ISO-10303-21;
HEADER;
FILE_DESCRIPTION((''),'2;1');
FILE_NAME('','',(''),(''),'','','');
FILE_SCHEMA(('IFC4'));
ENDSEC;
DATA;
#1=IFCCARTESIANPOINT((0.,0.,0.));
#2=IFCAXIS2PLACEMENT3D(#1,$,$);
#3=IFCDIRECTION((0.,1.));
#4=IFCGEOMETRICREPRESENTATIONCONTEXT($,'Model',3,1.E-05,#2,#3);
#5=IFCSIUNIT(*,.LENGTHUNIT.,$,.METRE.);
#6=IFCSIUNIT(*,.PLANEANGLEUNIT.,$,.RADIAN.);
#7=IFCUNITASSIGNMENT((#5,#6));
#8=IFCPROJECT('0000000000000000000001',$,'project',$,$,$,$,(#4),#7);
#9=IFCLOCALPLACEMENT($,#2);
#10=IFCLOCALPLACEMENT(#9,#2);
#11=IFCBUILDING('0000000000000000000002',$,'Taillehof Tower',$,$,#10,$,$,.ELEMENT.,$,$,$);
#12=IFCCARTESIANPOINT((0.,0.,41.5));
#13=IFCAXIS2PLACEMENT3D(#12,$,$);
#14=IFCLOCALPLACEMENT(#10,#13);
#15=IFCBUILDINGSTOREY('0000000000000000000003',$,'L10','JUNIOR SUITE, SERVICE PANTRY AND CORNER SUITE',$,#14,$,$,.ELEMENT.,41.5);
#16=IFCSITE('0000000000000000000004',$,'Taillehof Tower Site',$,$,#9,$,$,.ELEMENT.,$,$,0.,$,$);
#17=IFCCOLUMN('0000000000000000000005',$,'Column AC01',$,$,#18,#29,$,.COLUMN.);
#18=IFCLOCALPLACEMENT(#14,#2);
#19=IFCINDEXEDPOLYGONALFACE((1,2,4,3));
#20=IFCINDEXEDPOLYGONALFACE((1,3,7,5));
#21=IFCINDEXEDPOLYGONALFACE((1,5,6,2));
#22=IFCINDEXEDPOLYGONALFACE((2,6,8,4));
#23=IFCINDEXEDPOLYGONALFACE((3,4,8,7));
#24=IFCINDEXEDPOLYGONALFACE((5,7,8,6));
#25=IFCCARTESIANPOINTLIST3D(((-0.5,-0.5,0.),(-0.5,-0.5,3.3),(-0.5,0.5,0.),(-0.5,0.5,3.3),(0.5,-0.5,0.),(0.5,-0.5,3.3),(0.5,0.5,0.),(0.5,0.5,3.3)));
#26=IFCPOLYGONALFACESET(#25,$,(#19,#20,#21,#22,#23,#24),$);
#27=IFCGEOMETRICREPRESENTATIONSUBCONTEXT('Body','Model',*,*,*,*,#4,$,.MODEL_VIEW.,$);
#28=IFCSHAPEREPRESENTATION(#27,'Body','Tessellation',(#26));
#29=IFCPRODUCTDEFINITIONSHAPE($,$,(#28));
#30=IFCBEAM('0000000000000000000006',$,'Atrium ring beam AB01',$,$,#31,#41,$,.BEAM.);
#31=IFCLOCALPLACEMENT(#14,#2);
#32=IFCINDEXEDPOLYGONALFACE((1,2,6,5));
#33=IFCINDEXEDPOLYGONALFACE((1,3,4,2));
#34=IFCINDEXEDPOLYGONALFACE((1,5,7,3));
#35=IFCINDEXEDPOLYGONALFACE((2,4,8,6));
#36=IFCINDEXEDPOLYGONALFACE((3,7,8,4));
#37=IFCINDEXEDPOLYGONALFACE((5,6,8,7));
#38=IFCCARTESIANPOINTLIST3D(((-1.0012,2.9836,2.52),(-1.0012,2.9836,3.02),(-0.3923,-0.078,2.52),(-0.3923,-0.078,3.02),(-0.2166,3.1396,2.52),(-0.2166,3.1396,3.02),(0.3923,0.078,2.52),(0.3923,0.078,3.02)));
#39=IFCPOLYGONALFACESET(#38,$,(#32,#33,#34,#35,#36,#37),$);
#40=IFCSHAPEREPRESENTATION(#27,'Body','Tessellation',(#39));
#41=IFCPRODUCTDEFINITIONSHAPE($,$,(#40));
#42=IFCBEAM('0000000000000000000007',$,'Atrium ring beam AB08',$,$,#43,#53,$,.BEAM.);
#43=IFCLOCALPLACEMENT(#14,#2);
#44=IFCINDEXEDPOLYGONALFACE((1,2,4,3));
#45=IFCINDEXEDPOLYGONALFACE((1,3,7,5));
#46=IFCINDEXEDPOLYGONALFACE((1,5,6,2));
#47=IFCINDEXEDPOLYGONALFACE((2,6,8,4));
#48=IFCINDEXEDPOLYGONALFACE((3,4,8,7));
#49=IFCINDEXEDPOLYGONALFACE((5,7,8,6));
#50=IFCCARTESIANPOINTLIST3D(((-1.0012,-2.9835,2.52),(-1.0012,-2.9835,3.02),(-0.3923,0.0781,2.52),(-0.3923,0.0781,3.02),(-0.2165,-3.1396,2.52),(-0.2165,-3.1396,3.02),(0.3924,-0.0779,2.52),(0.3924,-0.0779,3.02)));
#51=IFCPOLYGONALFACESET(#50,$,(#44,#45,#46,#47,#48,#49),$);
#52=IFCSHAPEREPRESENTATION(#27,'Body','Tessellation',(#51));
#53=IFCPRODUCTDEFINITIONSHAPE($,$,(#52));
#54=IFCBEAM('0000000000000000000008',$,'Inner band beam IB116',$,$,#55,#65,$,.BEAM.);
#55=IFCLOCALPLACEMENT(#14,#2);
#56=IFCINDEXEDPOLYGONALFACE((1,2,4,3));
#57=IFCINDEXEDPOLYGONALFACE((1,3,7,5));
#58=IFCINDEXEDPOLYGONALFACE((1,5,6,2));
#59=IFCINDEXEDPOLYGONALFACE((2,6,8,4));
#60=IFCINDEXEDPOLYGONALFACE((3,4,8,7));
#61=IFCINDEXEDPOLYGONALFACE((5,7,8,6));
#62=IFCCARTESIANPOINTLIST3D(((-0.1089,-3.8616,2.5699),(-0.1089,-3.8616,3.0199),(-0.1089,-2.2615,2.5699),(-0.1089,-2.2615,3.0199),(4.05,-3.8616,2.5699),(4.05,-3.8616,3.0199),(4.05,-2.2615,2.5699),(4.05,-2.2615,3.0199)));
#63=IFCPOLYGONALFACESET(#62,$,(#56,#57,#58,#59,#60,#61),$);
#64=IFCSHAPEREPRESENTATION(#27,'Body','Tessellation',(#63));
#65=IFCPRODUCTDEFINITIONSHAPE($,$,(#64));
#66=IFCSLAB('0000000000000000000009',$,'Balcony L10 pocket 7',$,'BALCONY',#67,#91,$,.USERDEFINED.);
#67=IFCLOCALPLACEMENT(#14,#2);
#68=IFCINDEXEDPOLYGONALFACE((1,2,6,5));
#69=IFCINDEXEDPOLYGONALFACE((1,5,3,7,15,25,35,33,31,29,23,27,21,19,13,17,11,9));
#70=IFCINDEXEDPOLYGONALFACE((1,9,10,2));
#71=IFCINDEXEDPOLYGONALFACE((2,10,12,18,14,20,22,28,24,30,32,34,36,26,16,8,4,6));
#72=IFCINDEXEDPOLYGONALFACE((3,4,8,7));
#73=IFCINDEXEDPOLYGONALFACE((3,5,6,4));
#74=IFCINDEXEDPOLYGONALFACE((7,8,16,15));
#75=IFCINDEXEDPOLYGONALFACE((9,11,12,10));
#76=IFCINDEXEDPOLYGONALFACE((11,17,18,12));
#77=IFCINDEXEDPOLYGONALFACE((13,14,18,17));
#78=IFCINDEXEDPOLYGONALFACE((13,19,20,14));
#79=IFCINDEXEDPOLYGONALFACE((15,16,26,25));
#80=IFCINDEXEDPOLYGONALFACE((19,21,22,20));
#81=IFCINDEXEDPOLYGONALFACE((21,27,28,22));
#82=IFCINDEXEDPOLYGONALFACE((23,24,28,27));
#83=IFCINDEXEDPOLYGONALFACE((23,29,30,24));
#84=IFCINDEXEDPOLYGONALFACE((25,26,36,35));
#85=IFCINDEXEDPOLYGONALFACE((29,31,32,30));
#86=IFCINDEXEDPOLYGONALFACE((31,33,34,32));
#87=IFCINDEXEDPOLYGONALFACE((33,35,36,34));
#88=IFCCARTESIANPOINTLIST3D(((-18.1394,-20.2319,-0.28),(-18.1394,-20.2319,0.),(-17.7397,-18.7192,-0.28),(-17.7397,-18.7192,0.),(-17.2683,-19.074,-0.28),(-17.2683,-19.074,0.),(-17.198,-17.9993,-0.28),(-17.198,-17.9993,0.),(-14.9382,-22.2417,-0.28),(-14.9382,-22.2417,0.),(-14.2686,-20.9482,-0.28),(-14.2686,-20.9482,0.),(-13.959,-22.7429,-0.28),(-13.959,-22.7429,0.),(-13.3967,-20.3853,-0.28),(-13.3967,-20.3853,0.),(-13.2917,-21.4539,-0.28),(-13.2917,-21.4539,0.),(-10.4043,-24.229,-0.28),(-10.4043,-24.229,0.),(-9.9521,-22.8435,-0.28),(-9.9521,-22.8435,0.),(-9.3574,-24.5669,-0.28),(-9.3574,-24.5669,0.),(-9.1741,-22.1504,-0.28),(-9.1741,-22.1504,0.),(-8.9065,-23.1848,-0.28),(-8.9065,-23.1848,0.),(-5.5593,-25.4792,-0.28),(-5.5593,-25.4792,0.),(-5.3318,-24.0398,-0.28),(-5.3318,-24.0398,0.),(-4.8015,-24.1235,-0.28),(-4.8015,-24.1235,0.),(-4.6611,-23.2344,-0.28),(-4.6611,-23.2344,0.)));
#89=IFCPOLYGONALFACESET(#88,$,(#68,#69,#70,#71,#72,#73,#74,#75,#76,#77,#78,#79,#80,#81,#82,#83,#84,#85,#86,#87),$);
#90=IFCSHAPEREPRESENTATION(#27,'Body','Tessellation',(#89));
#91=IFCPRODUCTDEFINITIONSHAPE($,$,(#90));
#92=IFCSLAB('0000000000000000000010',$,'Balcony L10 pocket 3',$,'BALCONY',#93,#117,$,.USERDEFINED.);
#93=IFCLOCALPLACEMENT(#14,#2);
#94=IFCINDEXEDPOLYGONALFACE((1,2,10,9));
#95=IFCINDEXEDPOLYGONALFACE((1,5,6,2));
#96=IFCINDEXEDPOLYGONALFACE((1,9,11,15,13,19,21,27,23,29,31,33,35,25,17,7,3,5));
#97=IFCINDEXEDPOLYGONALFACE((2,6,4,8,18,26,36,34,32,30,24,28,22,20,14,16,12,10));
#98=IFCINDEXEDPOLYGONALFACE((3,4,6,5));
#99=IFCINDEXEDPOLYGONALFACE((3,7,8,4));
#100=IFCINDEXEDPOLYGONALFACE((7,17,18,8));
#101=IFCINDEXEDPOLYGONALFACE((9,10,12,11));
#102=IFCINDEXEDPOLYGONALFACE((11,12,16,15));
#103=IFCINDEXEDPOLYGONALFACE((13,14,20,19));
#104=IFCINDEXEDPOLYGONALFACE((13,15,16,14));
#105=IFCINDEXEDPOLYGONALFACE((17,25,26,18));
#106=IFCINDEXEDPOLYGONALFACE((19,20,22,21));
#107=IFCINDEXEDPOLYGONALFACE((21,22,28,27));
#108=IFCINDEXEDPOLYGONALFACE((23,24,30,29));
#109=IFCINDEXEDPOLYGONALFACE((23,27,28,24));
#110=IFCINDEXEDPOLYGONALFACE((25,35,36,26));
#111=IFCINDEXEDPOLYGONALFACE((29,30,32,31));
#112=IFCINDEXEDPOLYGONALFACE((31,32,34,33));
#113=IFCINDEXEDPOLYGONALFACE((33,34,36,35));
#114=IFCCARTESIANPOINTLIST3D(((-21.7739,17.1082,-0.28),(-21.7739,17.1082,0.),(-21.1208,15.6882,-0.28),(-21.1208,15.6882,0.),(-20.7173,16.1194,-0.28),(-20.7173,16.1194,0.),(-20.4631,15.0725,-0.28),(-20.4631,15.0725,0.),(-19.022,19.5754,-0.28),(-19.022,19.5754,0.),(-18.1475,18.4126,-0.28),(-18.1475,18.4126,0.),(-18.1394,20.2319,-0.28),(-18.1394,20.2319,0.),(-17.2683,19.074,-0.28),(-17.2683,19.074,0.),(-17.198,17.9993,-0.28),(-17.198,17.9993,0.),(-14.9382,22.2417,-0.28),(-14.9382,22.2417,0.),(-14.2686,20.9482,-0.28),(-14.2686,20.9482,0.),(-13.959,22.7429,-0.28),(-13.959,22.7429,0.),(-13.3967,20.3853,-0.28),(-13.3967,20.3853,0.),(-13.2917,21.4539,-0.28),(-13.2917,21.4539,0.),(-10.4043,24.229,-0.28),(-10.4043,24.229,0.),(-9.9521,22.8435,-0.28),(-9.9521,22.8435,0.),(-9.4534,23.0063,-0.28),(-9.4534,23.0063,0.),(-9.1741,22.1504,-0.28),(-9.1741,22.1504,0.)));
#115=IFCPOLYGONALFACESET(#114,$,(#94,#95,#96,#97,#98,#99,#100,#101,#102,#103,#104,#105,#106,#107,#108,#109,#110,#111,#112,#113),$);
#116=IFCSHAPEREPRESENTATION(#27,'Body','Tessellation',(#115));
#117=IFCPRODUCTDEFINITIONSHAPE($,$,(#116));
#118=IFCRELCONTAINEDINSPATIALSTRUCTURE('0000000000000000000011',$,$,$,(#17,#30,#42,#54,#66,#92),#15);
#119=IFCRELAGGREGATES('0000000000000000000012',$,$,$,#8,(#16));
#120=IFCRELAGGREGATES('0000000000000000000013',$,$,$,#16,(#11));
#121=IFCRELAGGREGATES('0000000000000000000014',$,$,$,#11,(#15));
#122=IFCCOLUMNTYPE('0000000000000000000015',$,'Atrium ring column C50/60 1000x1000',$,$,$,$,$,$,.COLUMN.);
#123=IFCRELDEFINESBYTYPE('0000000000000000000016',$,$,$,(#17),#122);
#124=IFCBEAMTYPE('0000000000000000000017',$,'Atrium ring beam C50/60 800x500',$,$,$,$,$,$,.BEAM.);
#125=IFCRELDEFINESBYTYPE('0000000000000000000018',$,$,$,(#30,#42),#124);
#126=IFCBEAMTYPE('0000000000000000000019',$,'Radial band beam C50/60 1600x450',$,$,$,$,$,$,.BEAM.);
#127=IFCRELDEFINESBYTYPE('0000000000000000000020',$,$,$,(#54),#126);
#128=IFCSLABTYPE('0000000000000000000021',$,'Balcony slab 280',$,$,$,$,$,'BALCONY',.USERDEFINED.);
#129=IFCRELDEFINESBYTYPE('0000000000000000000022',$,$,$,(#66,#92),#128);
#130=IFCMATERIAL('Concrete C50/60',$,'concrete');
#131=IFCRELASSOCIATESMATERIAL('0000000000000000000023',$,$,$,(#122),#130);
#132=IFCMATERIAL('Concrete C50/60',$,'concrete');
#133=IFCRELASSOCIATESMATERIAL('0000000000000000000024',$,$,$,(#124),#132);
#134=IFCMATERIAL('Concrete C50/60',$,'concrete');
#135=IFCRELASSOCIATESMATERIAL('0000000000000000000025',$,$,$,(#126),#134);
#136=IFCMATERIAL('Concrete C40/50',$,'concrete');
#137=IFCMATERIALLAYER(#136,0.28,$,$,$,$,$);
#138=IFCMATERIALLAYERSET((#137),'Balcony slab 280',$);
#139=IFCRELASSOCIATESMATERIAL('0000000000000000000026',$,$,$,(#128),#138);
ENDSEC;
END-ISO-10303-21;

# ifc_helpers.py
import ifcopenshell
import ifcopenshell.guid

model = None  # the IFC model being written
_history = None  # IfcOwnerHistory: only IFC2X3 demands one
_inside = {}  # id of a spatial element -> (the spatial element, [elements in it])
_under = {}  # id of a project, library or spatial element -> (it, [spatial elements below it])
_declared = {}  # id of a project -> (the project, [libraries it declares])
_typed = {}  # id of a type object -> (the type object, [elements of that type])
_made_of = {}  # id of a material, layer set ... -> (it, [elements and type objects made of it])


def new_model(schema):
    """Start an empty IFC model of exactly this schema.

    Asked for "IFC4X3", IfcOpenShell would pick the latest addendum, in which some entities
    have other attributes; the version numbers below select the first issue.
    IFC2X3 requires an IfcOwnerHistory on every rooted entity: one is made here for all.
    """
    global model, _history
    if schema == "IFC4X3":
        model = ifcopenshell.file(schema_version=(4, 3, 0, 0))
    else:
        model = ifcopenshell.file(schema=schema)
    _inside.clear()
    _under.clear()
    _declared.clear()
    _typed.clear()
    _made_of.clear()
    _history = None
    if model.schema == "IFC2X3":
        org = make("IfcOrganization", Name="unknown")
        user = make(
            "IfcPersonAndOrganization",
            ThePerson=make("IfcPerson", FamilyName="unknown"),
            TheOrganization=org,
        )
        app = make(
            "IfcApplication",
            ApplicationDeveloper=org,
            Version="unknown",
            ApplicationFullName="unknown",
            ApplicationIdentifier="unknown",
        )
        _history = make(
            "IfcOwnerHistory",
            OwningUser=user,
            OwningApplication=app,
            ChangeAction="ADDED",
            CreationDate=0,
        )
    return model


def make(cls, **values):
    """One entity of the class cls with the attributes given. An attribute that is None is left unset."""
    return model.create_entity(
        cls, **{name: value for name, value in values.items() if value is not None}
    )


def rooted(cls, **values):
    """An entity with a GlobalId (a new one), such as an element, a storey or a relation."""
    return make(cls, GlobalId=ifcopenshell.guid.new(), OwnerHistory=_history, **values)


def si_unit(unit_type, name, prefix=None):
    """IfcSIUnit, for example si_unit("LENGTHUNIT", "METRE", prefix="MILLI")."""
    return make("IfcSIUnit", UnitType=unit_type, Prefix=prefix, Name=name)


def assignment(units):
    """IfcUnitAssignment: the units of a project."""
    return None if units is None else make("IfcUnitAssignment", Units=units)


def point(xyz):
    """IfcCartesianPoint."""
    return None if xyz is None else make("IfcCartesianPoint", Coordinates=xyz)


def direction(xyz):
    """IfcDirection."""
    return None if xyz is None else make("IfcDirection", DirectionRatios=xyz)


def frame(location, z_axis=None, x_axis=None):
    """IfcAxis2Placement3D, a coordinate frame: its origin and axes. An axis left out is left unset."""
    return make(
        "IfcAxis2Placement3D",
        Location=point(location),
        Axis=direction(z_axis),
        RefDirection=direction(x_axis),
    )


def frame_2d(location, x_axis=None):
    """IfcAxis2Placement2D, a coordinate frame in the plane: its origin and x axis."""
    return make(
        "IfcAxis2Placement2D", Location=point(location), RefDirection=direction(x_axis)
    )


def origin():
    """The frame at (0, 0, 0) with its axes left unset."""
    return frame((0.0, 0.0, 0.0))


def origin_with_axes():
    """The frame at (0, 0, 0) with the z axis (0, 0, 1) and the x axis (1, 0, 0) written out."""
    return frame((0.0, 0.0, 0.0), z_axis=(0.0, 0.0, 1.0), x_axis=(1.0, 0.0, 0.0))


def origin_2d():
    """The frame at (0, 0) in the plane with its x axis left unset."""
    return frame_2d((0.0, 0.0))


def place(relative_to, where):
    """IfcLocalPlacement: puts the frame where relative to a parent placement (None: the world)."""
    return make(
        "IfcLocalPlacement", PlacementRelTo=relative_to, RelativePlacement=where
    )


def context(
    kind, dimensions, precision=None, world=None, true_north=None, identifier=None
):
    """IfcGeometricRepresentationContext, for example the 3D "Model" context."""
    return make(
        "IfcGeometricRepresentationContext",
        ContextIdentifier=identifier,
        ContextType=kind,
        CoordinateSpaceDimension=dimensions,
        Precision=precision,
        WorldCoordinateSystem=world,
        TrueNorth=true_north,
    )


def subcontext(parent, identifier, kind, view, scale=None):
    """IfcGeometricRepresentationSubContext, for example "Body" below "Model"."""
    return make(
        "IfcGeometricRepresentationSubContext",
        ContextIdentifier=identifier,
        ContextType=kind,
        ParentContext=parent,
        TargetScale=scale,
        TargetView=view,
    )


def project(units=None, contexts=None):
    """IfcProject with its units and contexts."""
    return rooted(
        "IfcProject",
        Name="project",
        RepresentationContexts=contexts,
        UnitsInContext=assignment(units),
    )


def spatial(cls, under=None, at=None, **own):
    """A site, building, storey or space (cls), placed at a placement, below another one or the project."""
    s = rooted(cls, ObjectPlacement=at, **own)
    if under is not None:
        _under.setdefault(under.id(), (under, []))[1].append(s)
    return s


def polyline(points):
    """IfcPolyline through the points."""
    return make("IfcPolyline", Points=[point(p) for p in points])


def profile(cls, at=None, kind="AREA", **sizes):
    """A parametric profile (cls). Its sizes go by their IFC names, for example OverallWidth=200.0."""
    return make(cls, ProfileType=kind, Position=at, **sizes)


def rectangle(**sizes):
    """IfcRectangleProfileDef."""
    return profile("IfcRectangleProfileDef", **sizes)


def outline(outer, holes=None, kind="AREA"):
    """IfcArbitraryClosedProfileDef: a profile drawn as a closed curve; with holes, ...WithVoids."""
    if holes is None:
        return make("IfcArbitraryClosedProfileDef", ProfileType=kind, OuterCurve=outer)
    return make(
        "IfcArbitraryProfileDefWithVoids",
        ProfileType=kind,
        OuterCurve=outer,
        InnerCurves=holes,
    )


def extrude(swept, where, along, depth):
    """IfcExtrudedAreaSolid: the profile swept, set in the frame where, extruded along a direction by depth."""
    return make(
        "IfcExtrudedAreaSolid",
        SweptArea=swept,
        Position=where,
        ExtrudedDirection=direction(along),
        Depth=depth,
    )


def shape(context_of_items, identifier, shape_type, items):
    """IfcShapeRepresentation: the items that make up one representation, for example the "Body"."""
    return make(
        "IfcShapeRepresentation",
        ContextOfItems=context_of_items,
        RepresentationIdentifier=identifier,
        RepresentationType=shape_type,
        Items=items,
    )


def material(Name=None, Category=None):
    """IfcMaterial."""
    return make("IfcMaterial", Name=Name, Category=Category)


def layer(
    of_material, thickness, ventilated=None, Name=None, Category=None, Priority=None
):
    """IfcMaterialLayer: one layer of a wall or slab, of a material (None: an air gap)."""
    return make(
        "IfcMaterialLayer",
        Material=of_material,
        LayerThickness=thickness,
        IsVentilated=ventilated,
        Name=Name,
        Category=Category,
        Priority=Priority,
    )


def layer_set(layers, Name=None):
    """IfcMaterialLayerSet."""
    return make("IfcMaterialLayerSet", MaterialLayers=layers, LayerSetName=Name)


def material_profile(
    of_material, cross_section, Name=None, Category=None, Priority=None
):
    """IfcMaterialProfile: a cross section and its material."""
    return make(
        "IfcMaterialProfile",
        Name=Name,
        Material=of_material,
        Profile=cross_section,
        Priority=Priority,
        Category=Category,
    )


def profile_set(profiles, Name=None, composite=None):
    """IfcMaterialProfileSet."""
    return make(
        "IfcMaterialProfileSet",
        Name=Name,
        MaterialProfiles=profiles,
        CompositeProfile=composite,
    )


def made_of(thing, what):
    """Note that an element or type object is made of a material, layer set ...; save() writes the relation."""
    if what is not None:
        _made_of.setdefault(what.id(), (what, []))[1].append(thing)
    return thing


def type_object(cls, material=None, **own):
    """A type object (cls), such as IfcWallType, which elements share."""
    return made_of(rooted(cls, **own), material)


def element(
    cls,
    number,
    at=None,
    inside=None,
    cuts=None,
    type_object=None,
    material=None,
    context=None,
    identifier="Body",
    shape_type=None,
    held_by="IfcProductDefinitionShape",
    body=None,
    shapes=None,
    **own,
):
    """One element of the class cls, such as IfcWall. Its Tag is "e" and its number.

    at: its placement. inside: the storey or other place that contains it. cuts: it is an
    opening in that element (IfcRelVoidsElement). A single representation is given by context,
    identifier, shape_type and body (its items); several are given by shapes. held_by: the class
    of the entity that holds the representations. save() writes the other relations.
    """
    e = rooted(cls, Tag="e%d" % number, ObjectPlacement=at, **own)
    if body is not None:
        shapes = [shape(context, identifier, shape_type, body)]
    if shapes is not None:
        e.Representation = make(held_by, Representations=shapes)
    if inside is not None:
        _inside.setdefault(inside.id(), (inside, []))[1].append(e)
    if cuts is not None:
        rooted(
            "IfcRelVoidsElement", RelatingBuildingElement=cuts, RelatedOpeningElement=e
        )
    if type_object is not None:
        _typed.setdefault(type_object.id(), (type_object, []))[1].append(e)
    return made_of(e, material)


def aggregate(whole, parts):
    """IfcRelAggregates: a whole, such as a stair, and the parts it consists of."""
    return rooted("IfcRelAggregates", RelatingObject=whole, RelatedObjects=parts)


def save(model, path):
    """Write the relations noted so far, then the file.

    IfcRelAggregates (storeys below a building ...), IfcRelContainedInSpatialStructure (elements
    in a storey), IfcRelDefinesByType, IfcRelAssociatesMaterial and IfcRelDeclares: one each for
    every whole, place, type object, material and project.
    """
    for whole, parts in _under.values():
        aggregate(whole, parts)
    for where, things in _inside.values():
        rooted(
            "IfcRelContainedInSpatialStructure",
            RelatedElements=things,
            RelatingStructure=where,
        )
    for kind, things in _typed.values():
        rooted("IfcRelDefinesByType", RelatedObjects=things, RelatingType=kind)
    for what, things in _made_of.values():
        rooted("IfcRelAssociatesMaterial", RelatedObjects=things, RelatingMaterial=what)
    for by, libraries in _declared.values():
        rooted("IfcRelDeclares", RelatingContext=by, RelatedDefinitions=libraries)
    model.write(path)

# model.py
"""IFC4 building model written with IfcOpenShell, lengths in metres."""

from ifc_helpers import new_model, si_unit, direction, frame, origin, origin_with_axes, origin_2d, place, context, subcontext, project, spatial, polyline, rectangle, outline, extrude, material, layer, layer_set, material_profile, profile_set, type_object, element, save


model = new_model("IFC4")

# Units and contexts
model_context = context("Model", 3, precision=1e-05, world=origin(), true_north=direction((0.0, 1.0)))
body_context = subcontext(model_context, "Body", "Model", "MODEL_VIEW")
ifc_project = project(units=[si_unit("LENGTHUNIT", "METRE"), si_unit("PLANEANGLEUNIT", "RADIAN")], contexts=[model_context])

# Site, building, storey
site_placement = place(None, origin())
site = spatial("IfcSite", under=ifc_project, at=site_placement, Name="Taillehof Tower Site", CompositionType="ELEMENT", RefElevation=0.0)
building_placement = place(site_placement, origin())
building = spatial("IfcBuilding", under=site, at=building_placement, Name="Taillehof Tower", CompositionType="ELEMENT")
storey_placement = place(building_placement, frame((0.0, 0.0, 41.5)))
storey = spatial("IfcBuildingStorey", under=building, at=storey_placement, Name="L10", Description="JUNIOR SUITE, SERVICE PANTRY AND CORNER SUITE", CompositionType="ELEMENT", Elevation=41.5)

# Column
ifc_material_1 = material(Name="Concrete C50/60", Category="concrete")
ifc_material_profile_1 = material_profile(ifc_material_1, rectangle(XDim=1.0, YDim=1.0, at=origin_2d()), Name="RC 1000x1000")
ifc_profile_set_1 = profile_set([ifc_material_profile_1], Name="Concrete C50/60")
column_type = type_object("IfcColumnType", Name="Atrium ring column C50/60 1000x1000", PredefinedType="COLUMN", material=ifc_profile_set_1)
column_placement = place(storey_placement, origin_with_axes())
element("IfcColumn", 1, at=column_placement, inside=storey, type_object=column_type, Name="Column AC01", PredefinedType="COLUMN", context=body_context, shape_type="SweptSolid", body=[
    extrude(rectangle(XDim=1.0, YDim=1.0, at=origin_2d()), origin(), (0.0, 0.0, 1.0), 3.3),
])

# Beams
ifc_material_2 = material(Name="Concrete C50/60", Category="concrete")
ifc_material_profile_2 = material_profile(ifc_material_2, rectangle(XDim=0.8, YDim=0.5, at=origin_2d()), Name="RC 800x500")
ifc_profile_set_2 = profile_set([ifc_material_profile_2], Name="Concrete C50/60")
beam_type_1 = type_object("IfcBeamType", Name="Atrium ring beam C50/60 800x500", PredefinedType="BEAM", material=ifc_profile_set_2)
for number, where, z_axis, x_axis, name in (
    (2, (0.0, 0.0, 2.77), (-0.195063, 0.980791, 0.0), (-0.980791, -0.195063, 0.0), "Atrium ring beam AB01"),
    (3, (-0.6089, -3.0615, 2.77), (0.195063, 0.980791, 0.0), (-0.980791, 0.195063, 0.0), "Atrium ring beam AB08"),
):
    element("IfcBeam", number, at=place(storey_placement, frame(where, z_axis=z_axis, x_axis=x_axis)), inside=storey, type_object=beam_type_1, Name=name, PredefinedType="BEAM", context=body_context, shape_type="SweptSolid", body=[
        extrude(rectangle(XDim=0.8, YDim=0.5, at=origin_2d()), origin(), (0.0, 0.0, 1.0), 3.1216),
    ])
ifc_material_3 = material(Name="Concrete C50/60", Category="concrete")
ifc_material_profile_3 = material_profile(ifc_material_3, rectangle(XDim=1.6001, YDim=0.45, at=origin_2d()), Name="RC 1600x450")
ifc_profile_set_3 = profile_set([ifc_material_profile_3], Name="Concrete C50/60")
beam_type_2 = type_object("IfcBeamType", Name="Radial band beam C50/60 1600x450", PredefinedType="BEAM", material=ifc_profile_set_3)
beam_placement = place(storey_placement, frame((-0.1089, -3.0615, 2.7949), z_axis=(1.0, 0.0, 0.0), x_axis=(0.0, 1.0, 0.0)))
element("IfcBeam", 4, at=beam_placement, inside=storey, type_object=beam_type_2, Name="Inner band beam IB116", PredefinedType="BEAM", context=body_context, shape_type="SweptSolid", body=[
    extrude(rectangle(XDim=1.6001, YDim=0.45, at=origin_2d()), origin(), (0.0, 0.0, 1.0), 4.1589),
])

# Slabs
ifc_material_4 = material(Name="Concrete C40/50", Category="concrete")
ifc_layer_1 = layer(ifc_material_4, 0.28)
ifc_layer_set_1 = layer_set([ifc_layer_1], Name="Balcony slab 280")
slab_type_1 = type_object("IfcSlabType", Name="Balcony slab 280", ElementType="BALCONY", PredefinedType="USERDEFINED", material=ifc_layer_set_1)
slab_1_placement = place(storey_placement, frame((0.0, 0.0, -0.28)))
element("IfcSlab", 5, at=slab_1_placement, inside=storey, type_object=slab_type_1, Name="Balcony L10 pocket 7", ObjectType="BALCONY", PredefinedType="USERDEFINED", context=body_context, shape_type="SweptSolid", body=[
    extrude(outline(polyline([(-4.6611, -23.2344), (-4.8015, -24.1235), (-5.3318, -24.0398), (-5.5593, -25.4792), (-9.3574, -24.5669), (-8.9065, -23.1848), (-9.9521, -22.8435), (-10.4043, -24.229), (-13.959, -22.7429), (-13.2917, -21.4539), (-14.2686, -20.9482), (-14.9382, -22.2417), (-18.1394, -20.2319), (-17.2683, -19.074), (-17.7397, -18.7192), (-17.198, -17.9993), (-13.3967, -20.3853), (-9.1741, -22.1504), (-4.6611, -23.2344)])), origin(), (0.0, 0.0, 1.0), 0.28),
])
slab_2_placement = place(storey_placement, frame((0.0, 0.0, -0.28)))
element("IfcSlab", 6, at=slab_2_placement, inside=storey, type_object=slab_type_1, Name="Balcony L10 pocket 3", ObjectType="BALCONY", PredefinedType="USERDEFINED", context=body_context, shape_type="SweptSolid", body=[
    extrude(outline(polyline([(-20.4631, 15.0725), (-21.1208, 15.6882), (-20.7173, 16.1194), (-21.7739, 17.1082), (-19.022, 19.5754), (-18.1475, 18.4126), (-17.2683, 19.074), (-18.1394, 20.2319), (-14.9382, 22.2417), (-14.2686, 20.9482), (-13.2917, 21.4539), (-13.959, 22.7429), (-10.4043, 24.229), (-9.9521, 22.8435), (-9.4534, 23.0063), (-9.1741, 22.1504), (-13.3967, 20.3853), (-17.198, 17.9993), (-20.4631, 15.0725)])), origin(), (0.0, 0.0, 1.0), 0.28),
])

save(model, "model.ifc")
